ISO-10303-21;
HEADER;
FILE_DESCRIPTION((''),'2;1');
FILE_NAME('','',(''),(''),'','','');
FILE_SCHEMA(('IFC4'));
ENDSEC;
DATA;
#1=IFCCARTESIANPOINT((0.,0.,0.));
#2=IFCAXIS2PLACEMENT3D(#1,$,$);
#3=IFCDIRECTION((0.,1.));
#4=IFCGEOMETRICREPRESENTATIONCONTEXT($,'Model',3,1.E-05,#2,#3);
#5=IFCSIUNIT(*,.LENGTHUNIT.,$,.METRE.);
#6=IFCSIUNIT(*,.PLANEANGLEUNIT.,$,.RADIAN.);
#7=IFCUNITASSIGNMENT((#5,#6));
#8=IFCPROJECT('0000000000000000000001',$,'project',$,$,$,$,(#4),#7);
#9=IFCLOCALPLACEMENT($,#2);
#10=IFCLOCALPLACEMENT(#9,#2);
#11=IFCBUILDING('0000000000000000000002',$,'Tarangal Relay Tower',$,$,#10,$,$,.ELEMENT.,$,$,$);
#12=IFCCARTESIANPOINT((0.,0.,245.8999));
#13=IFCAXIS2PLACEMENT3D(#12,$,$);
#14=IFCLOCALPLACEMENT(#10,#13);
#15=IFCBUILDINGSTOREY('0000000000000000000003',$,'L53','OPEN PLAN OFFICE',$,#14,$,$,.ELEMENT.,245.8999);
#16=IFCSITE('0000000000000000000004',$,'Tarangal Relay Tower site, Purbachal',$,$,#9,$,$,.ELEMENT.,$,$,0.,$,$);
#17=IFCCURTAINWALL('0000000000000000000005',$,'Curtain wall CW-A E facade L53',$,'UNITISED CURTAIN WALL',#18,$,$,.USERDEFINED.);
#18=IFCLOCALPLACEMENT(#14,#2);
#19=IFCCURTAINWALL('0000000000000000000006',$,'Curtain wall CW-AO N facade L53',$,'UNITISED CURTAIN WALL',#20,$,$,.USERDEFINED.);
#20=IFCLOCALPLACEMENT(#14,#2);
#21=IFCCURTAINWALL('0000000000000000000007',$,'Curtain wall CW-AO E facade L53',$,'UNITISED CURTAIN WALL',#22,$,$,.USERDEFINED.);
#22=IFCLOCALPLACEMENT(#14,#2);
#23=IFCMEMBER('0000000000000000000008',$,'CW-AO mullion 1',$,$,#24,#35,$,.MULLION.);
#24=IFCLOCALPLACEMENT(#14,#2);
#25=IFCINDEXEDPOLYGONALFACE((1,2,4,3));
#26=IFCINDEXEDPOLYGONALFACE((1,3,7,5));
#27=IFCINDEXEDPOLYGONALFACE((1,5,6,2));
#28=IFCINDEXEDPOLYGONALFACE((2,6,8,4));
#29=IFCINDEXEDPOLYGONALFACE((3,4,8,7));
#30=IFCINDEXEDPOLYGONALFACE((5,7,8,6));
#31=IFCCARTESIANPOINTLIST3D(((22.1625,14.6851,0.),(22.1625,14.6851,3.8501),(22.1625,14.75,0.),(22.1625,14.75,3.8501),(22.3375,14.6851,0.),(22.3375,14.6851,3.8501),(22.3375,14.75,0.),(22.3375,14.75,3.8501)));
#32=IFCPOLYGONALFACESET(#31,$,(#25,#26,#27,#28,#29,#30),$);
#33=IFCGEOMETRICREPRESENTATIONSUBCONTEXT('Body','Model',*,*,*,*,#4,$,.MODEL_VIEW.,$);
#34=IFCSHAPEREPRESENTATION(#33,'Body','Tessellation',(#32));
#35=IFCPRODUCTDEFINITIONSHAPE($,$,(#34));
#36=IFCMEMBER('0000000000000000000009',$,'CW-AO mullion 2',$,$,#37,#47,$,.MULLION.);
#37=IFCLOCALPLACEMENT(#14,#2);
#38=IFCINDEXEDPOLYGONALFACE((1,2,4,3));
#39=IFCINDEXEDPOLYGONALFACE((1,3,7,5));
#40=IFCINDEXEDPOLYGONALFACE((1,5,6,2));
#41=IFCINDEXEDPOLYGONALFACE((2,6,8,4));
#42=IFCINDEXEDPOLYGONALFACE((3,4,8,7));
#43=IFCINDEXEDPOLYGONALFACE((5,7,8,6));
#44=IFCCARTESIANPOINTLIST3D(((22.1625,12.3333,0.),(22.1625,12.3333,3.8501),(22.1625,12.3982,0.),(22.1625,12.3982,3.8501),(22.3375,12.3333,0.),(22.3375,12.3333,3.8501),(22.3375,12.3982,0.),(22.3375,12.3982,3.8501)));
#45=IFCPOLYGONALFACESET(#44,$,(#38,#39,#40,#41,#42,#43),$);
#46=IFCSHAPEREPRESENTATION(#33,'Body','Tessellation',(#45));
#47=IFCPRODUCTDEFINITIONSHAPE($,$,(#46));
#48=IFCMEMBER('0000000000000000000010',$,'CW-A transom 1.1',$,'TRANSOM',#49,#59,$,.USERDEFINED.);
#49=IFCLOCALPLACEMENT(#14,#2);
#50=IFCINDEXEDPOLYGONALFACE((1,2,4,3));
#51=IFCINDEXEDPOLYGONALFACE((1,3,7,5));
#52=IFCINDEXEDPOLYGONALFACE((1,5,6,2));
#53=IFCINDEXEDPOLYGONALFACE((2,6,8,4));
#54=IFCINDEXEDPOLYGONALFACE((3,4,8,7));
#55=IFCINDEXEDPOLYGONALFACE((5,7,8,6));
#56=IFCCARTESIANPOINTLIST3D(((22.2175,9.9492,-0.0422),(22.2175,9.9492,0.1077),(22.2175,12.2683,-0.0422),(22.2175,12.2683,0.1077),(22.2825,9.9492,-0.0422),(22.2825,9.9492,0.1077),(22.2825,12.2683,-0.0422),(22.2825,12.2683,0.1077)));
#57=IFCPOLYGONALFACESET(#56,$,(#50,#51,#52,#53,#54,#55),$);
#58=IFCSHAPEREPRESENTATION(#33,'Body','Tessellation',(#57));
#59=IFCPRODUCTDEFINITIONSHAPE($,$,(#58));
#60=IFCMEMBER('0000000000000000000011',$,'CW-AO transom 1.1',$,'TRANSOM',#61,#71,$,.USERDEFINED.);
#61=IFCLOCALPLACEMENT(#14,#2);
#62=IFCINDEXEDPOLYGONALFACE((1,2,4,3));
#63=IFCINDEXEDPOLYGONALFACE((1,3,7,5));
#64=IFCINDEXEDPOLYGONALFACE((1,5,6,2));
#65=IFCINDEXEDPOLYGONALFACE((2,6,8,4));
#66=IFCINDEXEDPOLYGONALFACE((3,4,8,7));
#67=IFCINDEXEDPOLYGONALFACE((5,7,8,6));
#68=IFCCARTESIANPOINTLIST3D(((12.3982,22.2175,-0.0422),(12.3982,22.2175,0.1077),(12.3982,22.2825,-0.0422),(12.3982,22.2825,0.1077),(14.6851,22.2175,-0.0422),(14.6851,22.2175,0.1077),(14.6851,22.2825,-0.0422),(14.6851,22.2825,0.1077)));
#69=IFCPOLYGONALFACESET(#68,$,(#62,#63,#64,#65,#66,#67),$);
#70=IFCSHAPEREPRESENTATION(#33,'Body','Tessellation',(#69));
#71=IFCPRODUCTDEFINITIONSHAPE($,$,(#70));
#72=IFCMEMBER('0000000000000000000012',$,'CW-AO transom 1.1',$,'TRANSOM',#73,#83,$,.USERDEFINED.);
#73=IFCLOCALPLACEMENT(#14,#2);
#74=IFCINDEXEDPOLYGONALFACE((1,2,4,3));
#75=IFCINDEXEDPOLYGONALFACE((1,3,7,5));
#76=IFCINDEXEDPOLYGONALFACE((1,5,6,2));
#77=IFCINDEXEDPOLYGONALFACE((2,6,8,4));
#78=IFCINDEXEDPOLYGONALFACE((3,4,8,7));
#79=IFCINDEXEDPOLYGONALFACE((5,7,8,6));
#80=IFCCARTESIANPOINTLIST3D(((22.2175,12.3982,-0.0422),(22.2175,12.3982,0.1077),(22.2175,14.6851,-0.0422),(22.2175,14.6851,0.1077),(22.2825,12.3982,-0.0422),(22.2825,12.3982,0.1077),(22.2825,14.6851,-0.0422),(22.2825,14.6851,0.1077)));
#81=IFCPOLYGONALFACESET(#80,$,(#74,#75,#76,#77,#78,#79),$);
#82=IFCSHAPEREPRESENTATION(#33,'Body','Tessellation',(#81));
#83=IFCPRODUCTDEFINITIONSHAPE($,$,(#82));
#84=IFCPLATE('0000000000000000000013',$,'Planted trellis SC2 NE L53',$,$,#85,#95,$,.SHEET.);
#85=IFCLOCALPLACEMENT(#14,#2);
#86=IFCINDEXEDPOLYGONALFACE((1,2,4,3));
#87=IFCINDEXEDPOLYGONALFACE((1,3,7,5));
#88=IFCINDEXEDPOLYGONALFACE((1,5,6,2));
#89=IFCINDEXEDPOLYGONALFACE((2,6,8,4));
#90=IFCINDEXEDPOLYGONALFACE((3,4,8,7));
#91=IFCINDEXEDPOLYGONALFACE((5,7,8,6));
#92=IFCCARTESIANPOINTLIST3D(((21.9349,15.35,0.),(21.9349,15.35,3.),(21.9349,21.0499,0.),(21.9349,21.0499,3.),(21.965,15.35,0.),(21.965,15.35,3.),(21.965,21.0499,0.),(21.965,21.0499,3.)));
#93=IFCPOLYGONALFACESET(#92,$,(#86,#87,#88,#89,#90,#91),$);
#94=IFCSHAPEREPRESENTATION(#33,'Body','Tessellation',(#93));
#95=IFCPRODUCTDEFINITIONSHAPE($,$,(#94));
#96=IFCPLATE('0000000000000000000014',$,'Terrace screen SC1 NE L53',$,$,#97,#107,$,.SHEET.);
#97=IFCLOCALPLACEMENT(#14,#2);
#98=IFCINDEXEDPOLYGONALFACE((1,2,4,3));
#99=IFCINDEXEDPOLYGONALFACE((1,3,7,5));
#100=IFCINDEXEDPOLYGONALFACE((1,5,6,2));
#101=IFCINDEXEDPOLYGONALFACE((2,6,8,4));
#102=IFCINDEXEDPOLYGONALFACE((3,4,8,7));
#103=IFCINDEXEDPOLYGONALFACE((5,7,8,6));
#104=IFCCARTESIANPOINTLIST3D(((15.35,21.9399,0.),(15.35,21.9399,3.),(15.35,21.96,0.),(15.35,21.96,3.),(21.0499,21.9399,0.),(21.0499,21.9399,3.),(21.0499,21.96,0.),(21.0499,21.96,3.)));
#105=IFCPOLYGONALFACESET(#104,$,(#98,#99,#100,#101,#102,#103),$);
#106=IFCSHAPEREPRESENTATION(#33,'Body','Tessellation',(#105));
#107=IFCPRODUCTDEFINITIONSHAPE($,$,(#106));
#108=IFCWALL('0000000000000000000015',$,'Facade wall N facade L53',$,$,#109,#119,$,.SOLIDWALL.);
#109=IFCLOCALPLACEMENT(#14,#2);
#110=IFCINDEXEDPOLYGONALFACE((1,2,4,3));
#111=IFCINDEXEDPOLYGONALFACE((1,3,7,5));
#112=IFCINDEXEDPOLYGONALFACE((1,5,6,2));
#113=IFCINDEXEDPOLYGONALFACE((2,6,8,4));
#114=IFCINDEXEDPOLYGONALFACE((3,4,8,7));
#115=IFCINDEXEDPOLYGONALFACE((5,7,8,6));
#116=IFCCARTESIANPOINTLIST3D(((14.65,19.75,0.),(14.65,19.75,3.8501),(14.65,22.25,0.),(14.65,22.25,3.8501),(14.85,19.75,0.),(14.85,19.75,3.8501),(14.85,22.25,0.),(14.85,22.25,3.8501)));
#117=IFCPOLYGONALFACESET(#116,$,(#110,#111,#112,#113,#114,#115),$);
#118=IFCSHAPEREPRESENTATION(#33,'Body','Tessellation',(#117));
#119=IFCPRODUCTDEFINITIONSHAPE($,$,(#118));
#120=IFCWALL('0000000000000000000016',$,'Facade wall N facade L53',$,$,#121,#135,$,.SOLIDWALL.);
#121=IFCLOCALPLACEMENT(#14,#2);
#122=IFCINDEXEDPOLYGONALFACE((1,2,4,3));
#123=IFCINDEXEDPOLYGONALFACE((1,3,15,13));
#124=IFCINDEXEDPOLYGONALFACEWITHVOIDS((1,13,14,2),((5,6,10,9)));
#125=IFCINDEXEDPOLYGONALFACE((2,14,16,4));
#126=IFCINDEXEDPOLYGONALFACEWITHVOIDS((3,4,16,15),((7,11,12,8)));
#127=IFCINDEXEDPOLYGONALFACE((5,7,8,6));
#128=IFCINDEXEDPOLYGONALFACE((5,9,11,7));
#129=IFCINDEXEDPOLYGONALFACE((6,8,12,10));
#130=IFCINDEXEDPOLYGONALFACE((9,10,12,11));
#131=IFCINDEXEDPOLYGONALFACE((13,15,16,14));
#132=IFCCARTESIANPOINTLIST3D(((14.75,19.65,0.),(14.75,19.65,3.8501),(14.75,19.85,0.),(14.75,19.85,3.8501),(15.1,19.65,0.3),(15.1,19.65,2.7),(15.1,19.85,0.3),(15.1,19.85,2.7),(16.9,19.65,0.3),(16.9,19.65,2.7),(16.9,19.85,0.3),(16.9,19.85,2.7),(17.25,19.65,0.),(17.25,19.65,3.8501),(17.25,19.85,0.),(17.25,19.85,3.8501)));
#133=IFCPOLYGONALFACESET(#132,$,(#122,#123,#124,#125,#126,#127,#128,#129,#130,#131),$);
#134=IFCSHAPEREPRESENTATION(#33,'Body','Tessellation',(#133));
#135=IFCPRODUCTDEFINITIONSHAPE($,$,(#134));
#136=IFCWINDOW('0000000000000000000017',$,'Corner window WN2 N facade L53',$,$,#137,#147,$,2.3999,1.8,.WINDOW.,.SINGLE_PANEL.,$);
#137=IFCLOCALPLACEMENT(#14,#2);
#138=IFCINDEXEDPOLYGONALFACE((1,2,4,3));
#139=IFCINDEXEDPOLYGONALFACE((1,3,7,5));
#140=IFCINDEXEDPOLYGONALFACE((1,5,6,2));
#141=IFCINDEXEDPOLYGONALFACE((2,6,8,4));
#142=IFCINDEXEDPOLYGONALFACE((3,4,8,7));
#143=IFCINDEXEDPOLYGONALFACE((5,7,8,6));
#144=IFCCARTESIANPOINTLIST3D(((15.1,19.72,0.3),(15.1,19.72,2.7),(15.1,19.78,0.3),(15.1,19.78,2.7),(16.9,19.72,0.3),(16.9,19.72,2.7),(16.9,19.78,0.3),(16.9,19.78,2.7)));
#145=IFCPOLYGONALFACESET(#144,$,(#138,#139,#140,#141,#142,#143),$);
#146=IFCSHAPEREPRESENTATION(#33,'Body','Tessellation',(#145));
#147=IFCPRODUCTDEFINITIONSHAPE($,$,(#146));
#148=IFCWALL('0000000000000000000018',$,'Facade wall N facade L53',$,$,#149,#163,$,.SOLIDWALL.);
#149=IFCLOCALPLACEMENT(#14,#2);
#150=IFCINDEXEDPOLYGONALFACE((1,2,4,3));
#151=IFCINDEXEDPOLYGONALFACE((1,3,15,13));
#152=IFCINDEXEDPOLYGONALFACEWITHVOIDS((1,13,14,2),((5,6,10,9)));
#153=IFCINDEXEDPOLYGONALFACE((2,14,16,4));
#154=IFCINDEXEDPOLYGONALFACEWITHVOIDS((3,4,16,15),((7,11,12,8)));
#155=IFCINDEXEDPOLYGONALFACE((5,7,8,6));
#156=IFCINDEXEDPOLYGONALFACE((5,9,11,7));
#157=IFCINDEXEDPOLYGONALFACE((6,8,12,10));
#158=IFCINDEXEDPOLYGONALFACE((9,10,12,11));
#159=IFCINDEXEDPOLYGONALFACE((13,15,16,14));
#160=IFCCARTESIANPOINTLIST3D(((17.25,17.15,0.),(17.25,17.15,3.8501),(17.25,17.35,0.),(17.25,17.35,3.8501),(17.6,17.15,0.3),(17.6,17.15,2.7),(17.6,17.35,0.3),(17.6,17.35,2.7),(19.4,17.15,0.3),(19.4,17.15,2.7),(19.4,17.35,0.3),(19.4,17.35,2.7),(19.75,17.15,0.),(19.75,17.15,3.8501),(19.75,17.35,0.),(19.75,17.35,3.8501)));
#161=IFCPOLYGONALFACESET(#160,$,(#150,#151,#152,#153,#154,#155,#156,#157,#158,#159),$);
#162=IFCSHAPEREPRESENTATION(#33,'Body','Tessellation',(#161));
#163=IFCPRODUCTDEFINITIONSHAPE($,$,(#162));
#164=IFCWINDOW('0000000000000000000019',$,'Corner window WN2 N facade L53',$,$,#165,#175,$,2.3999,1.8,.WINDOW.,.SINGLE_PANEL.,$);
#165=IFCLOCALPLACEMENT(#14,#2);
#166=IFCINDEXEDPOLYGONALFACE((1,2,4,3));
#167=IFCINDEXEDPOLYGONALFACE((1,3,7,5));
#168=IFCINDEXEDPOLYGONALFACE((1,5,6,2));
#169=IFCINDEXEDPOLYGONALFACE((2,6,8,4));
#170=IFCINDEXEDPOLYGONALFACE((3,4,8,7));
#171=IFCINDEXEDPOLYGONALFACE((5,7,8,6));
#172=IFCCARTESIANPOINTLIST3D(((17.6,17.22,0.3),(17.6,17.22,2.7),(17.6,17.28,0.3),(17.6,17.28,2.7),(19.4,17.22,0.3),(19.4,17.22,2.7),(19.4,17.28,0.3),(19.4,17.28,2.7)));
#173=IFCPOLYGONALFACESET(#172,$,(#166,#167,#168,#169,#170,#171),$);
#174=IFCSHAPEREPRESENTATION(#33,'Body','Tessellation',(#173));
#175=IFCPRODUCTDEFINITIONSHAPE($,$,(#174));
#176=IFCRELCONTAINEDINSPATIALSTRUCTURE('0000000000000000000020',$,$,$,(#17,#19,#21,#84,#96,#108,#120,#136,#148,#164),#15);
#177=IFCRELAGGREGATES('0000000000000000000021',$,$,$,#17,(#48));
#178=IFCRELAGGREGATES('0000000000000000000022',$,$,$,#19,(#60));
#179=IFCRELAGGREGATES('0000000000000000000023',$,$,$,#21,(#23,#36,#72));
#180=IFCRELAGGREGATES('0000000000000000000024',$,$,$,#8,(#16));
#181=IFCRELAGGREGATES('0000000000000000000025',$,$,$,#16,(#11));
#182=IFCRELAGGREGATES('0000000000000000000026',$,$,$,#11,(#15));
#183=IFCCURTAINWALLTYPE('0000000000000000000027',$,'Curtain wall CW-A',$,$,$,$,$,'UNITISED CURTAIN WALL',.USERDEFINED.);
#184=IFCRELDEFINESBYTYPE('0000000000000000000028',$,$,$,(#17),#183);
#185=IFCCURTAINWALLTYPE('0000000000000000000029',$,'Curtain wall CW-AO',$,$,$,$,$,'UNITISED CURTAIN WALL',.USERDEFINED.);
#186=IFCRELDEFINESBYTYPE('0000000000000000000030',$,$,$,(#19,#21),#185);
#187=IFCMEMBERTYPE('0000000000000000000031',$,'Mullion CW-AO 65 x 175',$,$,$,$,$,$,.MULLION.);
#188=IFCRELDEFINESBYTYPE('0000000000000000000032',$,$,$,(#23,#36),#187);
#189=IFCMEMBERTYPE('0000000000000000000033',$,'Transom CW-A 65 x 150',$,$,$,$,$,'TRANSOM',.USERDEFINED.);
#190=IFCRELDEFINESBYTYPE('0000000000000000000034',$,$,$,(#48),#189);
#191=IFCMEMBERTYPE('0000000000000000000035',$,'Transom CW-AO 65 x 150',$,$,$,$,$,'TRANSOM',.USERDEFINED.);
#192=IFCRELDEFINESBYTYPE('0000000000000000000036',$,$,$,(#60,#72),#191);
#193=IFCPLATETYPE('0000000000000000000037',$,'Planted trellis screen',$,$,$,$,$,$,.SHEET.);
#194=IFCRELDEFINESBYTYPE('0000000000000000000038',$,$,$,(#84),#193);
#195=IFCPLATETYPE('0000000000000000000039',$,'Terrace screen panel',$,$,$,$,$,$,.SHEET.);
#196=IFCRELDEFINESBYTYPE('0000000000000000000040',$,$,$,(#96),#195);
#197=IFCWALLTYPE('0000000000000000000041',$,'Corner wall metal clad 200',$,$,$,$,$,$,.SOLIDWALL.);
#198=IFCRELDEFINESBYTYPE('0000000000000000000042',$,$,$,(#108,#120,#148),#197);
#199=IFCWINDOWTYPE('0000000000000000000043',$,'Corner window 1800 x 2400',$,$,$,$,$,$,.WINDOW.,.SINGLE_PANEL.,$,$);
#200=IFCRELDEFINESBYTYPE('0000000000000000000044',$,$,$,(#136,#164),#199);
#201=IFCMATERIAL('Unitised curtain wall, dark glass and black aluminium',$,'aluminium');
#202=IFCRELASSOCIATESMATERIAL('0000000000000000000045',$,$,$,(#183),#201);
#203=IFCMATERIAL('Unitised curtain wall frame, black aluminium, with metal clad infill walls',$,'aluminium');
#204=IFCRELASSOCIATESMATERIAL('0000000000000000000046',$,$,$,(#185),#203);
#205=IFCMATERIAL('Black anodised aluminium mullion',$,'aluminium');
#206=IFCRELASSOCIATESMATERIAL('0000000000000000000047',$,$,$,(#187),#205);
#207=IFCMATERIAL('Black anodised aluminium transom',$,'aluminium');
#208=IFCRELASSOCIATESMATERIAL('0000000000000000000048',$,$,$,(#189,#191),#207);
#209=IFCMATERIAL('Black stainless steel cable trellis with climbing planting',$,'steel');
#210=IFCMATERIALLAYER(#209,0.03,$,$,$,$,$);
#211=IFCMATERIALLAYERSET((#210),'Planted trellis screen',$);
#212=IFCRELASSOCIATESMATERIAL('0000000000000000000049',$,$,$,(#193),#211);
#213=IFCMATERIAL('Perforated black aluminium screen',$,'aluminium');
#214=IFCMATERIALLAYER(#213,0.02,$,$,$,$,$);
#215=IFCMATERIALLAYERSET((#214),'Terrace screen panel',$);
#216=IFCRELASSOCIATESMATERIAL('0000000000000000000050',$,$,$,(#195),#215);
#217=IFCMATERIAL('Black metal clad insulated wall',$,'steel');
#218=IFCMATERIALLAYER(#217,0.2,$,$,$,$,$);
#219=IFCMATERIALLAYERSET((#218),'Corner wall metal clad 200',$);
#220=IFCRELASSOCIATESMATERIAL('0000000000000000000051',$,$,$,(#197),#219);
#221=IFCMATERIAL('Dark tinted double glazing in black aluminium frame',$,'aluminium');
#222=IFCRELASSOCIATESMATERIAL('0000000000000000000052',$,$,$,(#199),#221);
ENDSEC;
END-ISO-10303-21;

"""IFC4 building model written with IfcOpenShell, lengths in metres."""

from ifc_helpers import new_model, si_unit, direction, frame, frame_2d, origin, origin_2d, place, context, subcontext, project, spatial, rectangle, extrude, material, layer, layer_set, material_profile, profile_set, type_object, element, fill, aggregate, save


model = new_model("IFC4")

# Units and contexts
model_context = context("Model", 3, precision=1e-05, world=origin(), true_north=direction((0.0, 1.0)))
body_context = subcontext(model_context, "Body", "Model", "MODEL_VIEW")
ifc_project = project(units=[si_unit("LENGTHUNIT", "METRE"), si_unit("PLANEANGLEUNIT", "RADIAN")], contexts=[model_context])

# Site, building, storey
site_placement = place(None, origin())
site = spatial("IfcSite", under=ifc_project, at=site_placement, Name="Tarangal Relay Tower site, Purbachal", CompositionType="ELEMENT", RefElevation=0.0)
building_placement = place(site_placement, origin())
building = spatial("IfcBuilding", under=site, at=building_placement, Name="Tarangal Relay Tower", CompositionType="ELEMENT")
storey_placement = place(building_placement, frame((0.0, 0.0, 245.8999)))
storey = spatial("IfcBuildingStorey", under=building, at=storey_placement, Name="L53", Description="OPEN PLAN OFFICE", CompositionType="ELEMENT", Elevation=245.8999)

# Curtain wall
ifc_material_1 = material(Name="Unitised curtain wall, dark glass and black aluminium", Category="aluminium")
curtain_wall_type_1 = type_object("IfcCurtainWallType", Name="Curtain wall CW-A", ElementType="UNITISED CURTAIN WALL", PredefinedType="USERDEFINED", material=ifc_material_1)
ifc_material_2 = material(Name="Black anodised aluminium mullion", Category="aluminium")
curtain_wall_1_placement = place(storey_placement, origin())
curtain_wall_1 = element("IfcCurtainWall", 1, at=curtain_wall_1_placement, inside=storey, type_object=curtain_wall_type_1, Name="Curtain wall CW-A E facade L53", ObjectType="UNITISED CURTAIN WALL", PredefinedType="USERDEFINED")

# Curtain walls, members
ifc_material_3 = material(Name="Unitised curtain wall frame, black aluminium, with metal clad infill walls", Category="aluminium")
curtain_wall_type_2 = type_object("IfcCurtainWallType", Name="Curtain wall CW-AO", ElementType="UNITISED CURTAIN WALL", PredefinedType="USERDEFINED", material=ifc_material_3)
curtain_wall_2_placement = place(storey_placement, origin())
curtain_wall_2 = element("IfcCurtainWall", 2, at=curtain_wall_2_placement, inside=storey, type_object=curtain_wall_type_2, Name="Curtain wall CW-AO N facade L53", ObjectType="UNITISED CURTAIN WALL", PredefinedType="USERDEFINED")
ifc_material_profile_1 = material_profile(ifc_material_2, rectangle(XDim=0.175, YDim=0.0649, at=origin_2d()), Name="CW-AOM 65X175")
ifc_profile_set_1 = profile_set([ifc_material_profile_1], Name="Black anodised aluminium mullion")
member_type_1 = type_object("IfcMemberType", Name="Mullion CW-AO 65 x 175", PredefinedType="MULLION", material=ifc_profile_set_1)
curtain_wall_3_placement = place(storey_placement, origin())
curtain_wall_3 = element("IfcCurtainWall", 3, at=curtain_wall_3_placement, inside=storey, type_object=curtain_wall_type_2, Name="Curtain wall CW-AO E facade L53", ObjectType="UNITISED CURTAIN WALL", PredefinedType="USERDEFINED")
member_1_placement = place(storey_placement, frame((22.25, 14.7175, 0.0), z_axis=(0.0, 0.0, 1.0), x_axis=(1.0, 0.0, 0.0)))
member_1 = element("IfcMember", 4, at=member_1_placement, type_object=member_type_1, Name="CW-AO mullion 1", PredefinedType="MULLION", context=body_context, shape_type="SweptSolid", body=[
    extrude(rectangle(XDim=0.175, YDim=0.0649, at=origin_2d()), origin(), (0.0, 0.0, 1.0), 3.8501),
])
member_2_placement = place(storey_placement, frame((22.25, 12.3657, 0.0), z_axis=(0.0, 0.0, 1.0), x_axis=(1.0, 0.0, 0.0)))
member_2 = element("IfcMember", 5, at=member_2_placement, type_object=member_type_1, Name="CW-AO mullion 2", PredefinedType="MULLION", context=body_context, shape_type="SweptSolid", body=[
    extrude(rectangle(XDim=0.175, YDim=0.0649, at=origin_2d()), origin(), (0.0, 0.0, 1.0), 3.8501),
])

# Members
ifc_material_4 = material(Name="Black anodised aluminium transom", Category="aluminium")
ifc_material_profile_2 = material_profile(ifc_material_4, rectangle(XDim=0.0649, YDim=0.1499, at=origin_2d()), Name="CW-AT 65X150")
ifc_profile_set_2 = profile_set([ifc_material_profile_2], Name="Black anodised aluminium transom")
member_type_2 = type_object("IfcMemberType", Name="Transom CW-A 65 x 150", ElementType="TRANSOM", PredefinedType="USERDEFINED", material=ifc_profile_set_2)
member_3_placement = place(storey_placement, frame((22.25, 12.2683, 0.0327), z_axis=(0.0, -1.0, 0.0), x_axis=(1.0, 0.0, 0.0)))
member_3 = element("IfcMember", 6, at=member_3_placement, type_object=member_type_2, Name="CW-A transom 1.1", ObjectType="TRANSOM", PredefinedType="USERDEFINED", context=body_context, shape_type="SweptSolid", body=[
    extrude(rectangle(XDim=0.0649, YDim=0.1499, at=origin_2d()), origin(), (0.0, 0.0, 1.0), 2.3191),
])
aggregate(curtain_wall_1, [member_3])
ifc_material_profile_3 = material_profile(ifc_material_4, rectangle(XDim=0.0649, YDim=0.1499, at=origin_2d()), Name="CW-AOT 65X150")
ifc_profile_set_3 = profile_set([ifc_material_profile_3], Name="Black anodised aluminium transom")
member_type_3 = type_object("IfcMemberType", Name="Transom CW-AO 65 x 150", ElementType="TRANSOM", PredefinedType="USERDEFINED", material=ifc_profile_set_3)
member_4_placement = place(storey_placement, frame((12.3982, 22.25, 0.0327), z_axis=(1.0, 0.0, 0.0), x_axis=(0.0, 1.0, 0.0)))
member_4 = element("IfcMember", 7, at=member_4_placement, type_object=member_type_3, Name="CW-AO transom 1.1", ObjectType="TRANSOM", PredefinedType="USERDEFINED", context=body_context, shape_type="SweptSolid", body=[
    extrude(rectangle(XDim=0.0649, YDim=0.1499, at=origin_2d()), origin(), (0.0, 0.0, 1.0), 2.2869),
])
aggregate(curtain_wall_2, [member_4])
member_5_placement = place(storey_placement, frame((22.25, 14.6851, 0.0327), z_axis=(0.0, -1.0, 0.0), x_axis=(1.0, 0.0, 0.0)))
member_5 = element("IfcMember", 8, at=member_5_placement, type_object=member_type_3, Name="CW-AO transom 1.1", ObjectType="TRANSOM", PredefinedType="USERDEFINED", context=body_context, shape_type="SweptSolid", body=[
    extrude(rectangle(XDim=0.0649, YDim=0.1499, at=origin_2d()), origin(), (0.0, 0.0, 1.0), 2.2869),
])
aggregate(curtain_wall_3, [member_1, member_2, member_5])

# Plates
ifc_material_5 = material(Name="Black stainless steel cable trellis with climbing planting", Category="steel")
ifc_layer_1 = layer(ifc_material_5, 0.03)
ifc_layer_set_1 = layer_set([ifc_layer_1], Name="Planted trellis screen")
plate_type_1 = type_object("IfcPlateType", Name="Planted trellis screen", PredefinedType="SHEET", material=ifc_layer_set_1)
plate_1_placement = place(storey_placement, frame((21.95, 18.2, 0.0), z_axis=(0.0, 0.0, 1.0), x_axis=(0.0, -1.0, 0.0)))
element("IfcPlate", 9, at=plate_1_placement, inside=storey, type_object=plate_type_1, Name="Planted trellis SC2 NE L53", PredefinedType="SHEET", context=body_context, shape_type="SweptSolid", body=[
    extrude(rectangle(XDim=5.7, YDim=0.03, at=origin_2d()), origin(), (0.0, 0.0, 1.0), 3.0),
])
ifc_material_6 = material(Name="Perforated black aluminium screen", Category="aluminium")
ifc_layer_2 = layer(ifc_material_6, 0.02)
ifc_layer_set_2 = layer_set([ifc_layer_2], Name="Terrace screen panel")
plate_type_2 = type_object("IfcPlateType", Name="Terrace screen panel", PredefinedType="SHEET", material=ifc_layer_set_2)
plate_2_placement = place(storey_placement, frame((18.2, 21.95, 0.0), z_axis=(0.0, 0.0, 1.0), x_axis=(1.0, 0.0, 0.0)))
element("IfcPlate", 10, at=plate_2_placement, inside=storey, type_object=plate_type_2, Name="Terrace screen SC1 NE L53", PredefinedType="SHEET", context=body_context, shape_type="SweptSolid", body=[
    extrude(rectangle(XDim=5.7, YDim=0.02, at=origin_2d()), origin(), (0.0, 0.0, 1.0), 3.0),
])

# Wall
ifc_material_7 = material(Name="Black metal clad insulated wall", Category="steel")
ifc_layer_3 = layer(ifc_material_7, 0.2)
ifc_layer_set_3 = layer_set([ifc_layer_3], Name="Corner wall metal clad 200")
wall_type_1 = type_object("IfcWallType", Name="Corner wall metal clad 200", PredefinedType="SOLIDWALL", material=ifc_layer_set_3)
wall_1_placement = place(storey_placement, frame((14.75, 22.25, 0.0), z_axis=(0.0, 0.0, 1.0), x_axis=(0.0, -1.0, 0.0)))
element("IfcWall", 11, at=wall_1_placement, inside=storey, type_object=wall_type_1, Name="Facade wall N facade L53", PredefinedType="SOLIDWALL", context=body_context, shape_type="SweptSolid", body=[
    extrude(rectangle(XDim=2.5, YDim=0.2, at=frame_2d((1.25, 0.0))), origin(), (0.0, 0.0, 1.0), 3.8501),
])

# Wall, opening, window
wall_2_placement = place(storey_placement, frame((14.75, 19.75, 0.0), z_axis=(0.0, 0.0, 1.0), x_axis=(1.0, 0.0, 0.0)))
wall_2 = element("IfcWall", 12, at=wall_2_placement, inside=storey, type_object=wall_type_1, Name="Facade wall N facade L53", PredefinedType="SOLIDWALL", context=body_context, shape_type="SweptSolid", body=[
    extrude(rectangle(XDim=2.5, YDim=0.2, at=frame_2d((1.25, 0.0))), origin(), (0.0, 0.0, 1.0), 3.8501),
])
opening_1_placement = place(wall_2_placement, frame((0.3501, 0.0, 0.3)))
opening_1 = element("IfcOpeningElement", 13, at=opening_1_placement, cuts=wall_2, PredefinedType="OPENING", context=body_context, shape_type="SweptSolid", body=[
    extrude(rectangle(XDim=1.8, YDim=2.3999, at=frame_2d((0.8999, 1.2))), frame((0.0, 0.1099, 0.0), z_axis=(0.0, -1.0, 0.0), x_axis=(1.0, 0.0, 0.0)), (0.0, 0.0, 1.0), 0.22),
])
ifc_material_8 = material(Name="Dark tinted double glazing in black aluminium frame", Category="aluminium")
window_type = type_object("IfcWindowType", Name="Corner window 1800 x 2400", PartitioningType="SINGLE_PANEL", PredefinedType="WINDOW", material=ifc_material_8)
window_1_placement = place(opening_1_placement, origin())
window_1 = element("IfcWindow", 14, at=window_1_placement, inside=storey, type_object=window_type, Name="Corner window WN2 N facade L53", OverallHeight=2.3999, OverallWidth=1.8, PartitioningType="SINGLE_PANEL", PredefinedType="WINDOW", context=body_context, shape_type="SweptSolid", body=[
    extrude(rectangle(XDim=1.8, YDim=2.3999, at=frame_2d((0.8999, 1.2))), frame((0.0, 0.03, 0.0), z_axis=(0.0, -1.0, 0.0), x_axis=(1.0, 0.0, 0.0)), (0.0, 0.0, 1.0), 0.0601),
])
fill(opening_1, window_1)

# Wall, opening, window
wall_3_placement = place(storey_placement, frame((17.25, 17.25, 0.0), z_axis=(0.0, 0.0, 1.0), x_axis=(1.0, 0.0, 0.0)))
wall_3 = element("IfcWall", 15, at=wall_3_placement, inside=storey, type_object=wall_type_1, Name="Facade wall N facade L53", PredefinedType="SOLIDWALL", context=body_context, shape_type="SweptSolid", body=[
    extrude(rectangle(XDim=2.5, YDim=0.2, at=frame_2d((1.25, 0.0))), origin(), (0.0, 0.0, 1.0), 3.8501),
])
opening_2_placement = place(wall_3_placement, frame((0.3501, 0.0, 0.3)))
opening_2 = element("IfcOpeningElement", 16, at=opening_2_placement, cuts=wall_3, PredefinedType="OPENING", context=body_context, shape_type="SweptSolid", body=[
    extrude(rectangle(XDim=1.8, YDim=2.3999, at=frame_2d((0.8999, 1.2))), frame((0.0, 0.1099, 0.0), z_axis=(0.0, -1.0, 0.0), x_axis=(1.0, 0.0, 0.0)), (0.0, 0.0, 1.0), 0.22),
])
window_2_placement = place(opening_2_placement, origin())
window_2 = element("IfcWindow", 17, at=window_2_placement, inside=storey, type_object=window_type, Name="Corner window WN2 N facade L53", OverallHeight=2.3999, OverallWidth=1.8, PartitioningType="SINGLE_PANEL", PredefinedType="WINDOW", context=body_context, shape_type="SweptSolid", body=[
    extrude(rectangle(XDim=1.8, YDim=2.3999, at=frame_2d((0.8999, 1.2))), frame((0.0, 0.03, 0.0), z_axis=(0.0, -1.0, 0.0), x_axis=(1.0, 0.0, 0.0)), (0.0, 0.0, 1.0), 0.0601),
])
fill(opening_2, window_2)

save(model, "model.ifc")
